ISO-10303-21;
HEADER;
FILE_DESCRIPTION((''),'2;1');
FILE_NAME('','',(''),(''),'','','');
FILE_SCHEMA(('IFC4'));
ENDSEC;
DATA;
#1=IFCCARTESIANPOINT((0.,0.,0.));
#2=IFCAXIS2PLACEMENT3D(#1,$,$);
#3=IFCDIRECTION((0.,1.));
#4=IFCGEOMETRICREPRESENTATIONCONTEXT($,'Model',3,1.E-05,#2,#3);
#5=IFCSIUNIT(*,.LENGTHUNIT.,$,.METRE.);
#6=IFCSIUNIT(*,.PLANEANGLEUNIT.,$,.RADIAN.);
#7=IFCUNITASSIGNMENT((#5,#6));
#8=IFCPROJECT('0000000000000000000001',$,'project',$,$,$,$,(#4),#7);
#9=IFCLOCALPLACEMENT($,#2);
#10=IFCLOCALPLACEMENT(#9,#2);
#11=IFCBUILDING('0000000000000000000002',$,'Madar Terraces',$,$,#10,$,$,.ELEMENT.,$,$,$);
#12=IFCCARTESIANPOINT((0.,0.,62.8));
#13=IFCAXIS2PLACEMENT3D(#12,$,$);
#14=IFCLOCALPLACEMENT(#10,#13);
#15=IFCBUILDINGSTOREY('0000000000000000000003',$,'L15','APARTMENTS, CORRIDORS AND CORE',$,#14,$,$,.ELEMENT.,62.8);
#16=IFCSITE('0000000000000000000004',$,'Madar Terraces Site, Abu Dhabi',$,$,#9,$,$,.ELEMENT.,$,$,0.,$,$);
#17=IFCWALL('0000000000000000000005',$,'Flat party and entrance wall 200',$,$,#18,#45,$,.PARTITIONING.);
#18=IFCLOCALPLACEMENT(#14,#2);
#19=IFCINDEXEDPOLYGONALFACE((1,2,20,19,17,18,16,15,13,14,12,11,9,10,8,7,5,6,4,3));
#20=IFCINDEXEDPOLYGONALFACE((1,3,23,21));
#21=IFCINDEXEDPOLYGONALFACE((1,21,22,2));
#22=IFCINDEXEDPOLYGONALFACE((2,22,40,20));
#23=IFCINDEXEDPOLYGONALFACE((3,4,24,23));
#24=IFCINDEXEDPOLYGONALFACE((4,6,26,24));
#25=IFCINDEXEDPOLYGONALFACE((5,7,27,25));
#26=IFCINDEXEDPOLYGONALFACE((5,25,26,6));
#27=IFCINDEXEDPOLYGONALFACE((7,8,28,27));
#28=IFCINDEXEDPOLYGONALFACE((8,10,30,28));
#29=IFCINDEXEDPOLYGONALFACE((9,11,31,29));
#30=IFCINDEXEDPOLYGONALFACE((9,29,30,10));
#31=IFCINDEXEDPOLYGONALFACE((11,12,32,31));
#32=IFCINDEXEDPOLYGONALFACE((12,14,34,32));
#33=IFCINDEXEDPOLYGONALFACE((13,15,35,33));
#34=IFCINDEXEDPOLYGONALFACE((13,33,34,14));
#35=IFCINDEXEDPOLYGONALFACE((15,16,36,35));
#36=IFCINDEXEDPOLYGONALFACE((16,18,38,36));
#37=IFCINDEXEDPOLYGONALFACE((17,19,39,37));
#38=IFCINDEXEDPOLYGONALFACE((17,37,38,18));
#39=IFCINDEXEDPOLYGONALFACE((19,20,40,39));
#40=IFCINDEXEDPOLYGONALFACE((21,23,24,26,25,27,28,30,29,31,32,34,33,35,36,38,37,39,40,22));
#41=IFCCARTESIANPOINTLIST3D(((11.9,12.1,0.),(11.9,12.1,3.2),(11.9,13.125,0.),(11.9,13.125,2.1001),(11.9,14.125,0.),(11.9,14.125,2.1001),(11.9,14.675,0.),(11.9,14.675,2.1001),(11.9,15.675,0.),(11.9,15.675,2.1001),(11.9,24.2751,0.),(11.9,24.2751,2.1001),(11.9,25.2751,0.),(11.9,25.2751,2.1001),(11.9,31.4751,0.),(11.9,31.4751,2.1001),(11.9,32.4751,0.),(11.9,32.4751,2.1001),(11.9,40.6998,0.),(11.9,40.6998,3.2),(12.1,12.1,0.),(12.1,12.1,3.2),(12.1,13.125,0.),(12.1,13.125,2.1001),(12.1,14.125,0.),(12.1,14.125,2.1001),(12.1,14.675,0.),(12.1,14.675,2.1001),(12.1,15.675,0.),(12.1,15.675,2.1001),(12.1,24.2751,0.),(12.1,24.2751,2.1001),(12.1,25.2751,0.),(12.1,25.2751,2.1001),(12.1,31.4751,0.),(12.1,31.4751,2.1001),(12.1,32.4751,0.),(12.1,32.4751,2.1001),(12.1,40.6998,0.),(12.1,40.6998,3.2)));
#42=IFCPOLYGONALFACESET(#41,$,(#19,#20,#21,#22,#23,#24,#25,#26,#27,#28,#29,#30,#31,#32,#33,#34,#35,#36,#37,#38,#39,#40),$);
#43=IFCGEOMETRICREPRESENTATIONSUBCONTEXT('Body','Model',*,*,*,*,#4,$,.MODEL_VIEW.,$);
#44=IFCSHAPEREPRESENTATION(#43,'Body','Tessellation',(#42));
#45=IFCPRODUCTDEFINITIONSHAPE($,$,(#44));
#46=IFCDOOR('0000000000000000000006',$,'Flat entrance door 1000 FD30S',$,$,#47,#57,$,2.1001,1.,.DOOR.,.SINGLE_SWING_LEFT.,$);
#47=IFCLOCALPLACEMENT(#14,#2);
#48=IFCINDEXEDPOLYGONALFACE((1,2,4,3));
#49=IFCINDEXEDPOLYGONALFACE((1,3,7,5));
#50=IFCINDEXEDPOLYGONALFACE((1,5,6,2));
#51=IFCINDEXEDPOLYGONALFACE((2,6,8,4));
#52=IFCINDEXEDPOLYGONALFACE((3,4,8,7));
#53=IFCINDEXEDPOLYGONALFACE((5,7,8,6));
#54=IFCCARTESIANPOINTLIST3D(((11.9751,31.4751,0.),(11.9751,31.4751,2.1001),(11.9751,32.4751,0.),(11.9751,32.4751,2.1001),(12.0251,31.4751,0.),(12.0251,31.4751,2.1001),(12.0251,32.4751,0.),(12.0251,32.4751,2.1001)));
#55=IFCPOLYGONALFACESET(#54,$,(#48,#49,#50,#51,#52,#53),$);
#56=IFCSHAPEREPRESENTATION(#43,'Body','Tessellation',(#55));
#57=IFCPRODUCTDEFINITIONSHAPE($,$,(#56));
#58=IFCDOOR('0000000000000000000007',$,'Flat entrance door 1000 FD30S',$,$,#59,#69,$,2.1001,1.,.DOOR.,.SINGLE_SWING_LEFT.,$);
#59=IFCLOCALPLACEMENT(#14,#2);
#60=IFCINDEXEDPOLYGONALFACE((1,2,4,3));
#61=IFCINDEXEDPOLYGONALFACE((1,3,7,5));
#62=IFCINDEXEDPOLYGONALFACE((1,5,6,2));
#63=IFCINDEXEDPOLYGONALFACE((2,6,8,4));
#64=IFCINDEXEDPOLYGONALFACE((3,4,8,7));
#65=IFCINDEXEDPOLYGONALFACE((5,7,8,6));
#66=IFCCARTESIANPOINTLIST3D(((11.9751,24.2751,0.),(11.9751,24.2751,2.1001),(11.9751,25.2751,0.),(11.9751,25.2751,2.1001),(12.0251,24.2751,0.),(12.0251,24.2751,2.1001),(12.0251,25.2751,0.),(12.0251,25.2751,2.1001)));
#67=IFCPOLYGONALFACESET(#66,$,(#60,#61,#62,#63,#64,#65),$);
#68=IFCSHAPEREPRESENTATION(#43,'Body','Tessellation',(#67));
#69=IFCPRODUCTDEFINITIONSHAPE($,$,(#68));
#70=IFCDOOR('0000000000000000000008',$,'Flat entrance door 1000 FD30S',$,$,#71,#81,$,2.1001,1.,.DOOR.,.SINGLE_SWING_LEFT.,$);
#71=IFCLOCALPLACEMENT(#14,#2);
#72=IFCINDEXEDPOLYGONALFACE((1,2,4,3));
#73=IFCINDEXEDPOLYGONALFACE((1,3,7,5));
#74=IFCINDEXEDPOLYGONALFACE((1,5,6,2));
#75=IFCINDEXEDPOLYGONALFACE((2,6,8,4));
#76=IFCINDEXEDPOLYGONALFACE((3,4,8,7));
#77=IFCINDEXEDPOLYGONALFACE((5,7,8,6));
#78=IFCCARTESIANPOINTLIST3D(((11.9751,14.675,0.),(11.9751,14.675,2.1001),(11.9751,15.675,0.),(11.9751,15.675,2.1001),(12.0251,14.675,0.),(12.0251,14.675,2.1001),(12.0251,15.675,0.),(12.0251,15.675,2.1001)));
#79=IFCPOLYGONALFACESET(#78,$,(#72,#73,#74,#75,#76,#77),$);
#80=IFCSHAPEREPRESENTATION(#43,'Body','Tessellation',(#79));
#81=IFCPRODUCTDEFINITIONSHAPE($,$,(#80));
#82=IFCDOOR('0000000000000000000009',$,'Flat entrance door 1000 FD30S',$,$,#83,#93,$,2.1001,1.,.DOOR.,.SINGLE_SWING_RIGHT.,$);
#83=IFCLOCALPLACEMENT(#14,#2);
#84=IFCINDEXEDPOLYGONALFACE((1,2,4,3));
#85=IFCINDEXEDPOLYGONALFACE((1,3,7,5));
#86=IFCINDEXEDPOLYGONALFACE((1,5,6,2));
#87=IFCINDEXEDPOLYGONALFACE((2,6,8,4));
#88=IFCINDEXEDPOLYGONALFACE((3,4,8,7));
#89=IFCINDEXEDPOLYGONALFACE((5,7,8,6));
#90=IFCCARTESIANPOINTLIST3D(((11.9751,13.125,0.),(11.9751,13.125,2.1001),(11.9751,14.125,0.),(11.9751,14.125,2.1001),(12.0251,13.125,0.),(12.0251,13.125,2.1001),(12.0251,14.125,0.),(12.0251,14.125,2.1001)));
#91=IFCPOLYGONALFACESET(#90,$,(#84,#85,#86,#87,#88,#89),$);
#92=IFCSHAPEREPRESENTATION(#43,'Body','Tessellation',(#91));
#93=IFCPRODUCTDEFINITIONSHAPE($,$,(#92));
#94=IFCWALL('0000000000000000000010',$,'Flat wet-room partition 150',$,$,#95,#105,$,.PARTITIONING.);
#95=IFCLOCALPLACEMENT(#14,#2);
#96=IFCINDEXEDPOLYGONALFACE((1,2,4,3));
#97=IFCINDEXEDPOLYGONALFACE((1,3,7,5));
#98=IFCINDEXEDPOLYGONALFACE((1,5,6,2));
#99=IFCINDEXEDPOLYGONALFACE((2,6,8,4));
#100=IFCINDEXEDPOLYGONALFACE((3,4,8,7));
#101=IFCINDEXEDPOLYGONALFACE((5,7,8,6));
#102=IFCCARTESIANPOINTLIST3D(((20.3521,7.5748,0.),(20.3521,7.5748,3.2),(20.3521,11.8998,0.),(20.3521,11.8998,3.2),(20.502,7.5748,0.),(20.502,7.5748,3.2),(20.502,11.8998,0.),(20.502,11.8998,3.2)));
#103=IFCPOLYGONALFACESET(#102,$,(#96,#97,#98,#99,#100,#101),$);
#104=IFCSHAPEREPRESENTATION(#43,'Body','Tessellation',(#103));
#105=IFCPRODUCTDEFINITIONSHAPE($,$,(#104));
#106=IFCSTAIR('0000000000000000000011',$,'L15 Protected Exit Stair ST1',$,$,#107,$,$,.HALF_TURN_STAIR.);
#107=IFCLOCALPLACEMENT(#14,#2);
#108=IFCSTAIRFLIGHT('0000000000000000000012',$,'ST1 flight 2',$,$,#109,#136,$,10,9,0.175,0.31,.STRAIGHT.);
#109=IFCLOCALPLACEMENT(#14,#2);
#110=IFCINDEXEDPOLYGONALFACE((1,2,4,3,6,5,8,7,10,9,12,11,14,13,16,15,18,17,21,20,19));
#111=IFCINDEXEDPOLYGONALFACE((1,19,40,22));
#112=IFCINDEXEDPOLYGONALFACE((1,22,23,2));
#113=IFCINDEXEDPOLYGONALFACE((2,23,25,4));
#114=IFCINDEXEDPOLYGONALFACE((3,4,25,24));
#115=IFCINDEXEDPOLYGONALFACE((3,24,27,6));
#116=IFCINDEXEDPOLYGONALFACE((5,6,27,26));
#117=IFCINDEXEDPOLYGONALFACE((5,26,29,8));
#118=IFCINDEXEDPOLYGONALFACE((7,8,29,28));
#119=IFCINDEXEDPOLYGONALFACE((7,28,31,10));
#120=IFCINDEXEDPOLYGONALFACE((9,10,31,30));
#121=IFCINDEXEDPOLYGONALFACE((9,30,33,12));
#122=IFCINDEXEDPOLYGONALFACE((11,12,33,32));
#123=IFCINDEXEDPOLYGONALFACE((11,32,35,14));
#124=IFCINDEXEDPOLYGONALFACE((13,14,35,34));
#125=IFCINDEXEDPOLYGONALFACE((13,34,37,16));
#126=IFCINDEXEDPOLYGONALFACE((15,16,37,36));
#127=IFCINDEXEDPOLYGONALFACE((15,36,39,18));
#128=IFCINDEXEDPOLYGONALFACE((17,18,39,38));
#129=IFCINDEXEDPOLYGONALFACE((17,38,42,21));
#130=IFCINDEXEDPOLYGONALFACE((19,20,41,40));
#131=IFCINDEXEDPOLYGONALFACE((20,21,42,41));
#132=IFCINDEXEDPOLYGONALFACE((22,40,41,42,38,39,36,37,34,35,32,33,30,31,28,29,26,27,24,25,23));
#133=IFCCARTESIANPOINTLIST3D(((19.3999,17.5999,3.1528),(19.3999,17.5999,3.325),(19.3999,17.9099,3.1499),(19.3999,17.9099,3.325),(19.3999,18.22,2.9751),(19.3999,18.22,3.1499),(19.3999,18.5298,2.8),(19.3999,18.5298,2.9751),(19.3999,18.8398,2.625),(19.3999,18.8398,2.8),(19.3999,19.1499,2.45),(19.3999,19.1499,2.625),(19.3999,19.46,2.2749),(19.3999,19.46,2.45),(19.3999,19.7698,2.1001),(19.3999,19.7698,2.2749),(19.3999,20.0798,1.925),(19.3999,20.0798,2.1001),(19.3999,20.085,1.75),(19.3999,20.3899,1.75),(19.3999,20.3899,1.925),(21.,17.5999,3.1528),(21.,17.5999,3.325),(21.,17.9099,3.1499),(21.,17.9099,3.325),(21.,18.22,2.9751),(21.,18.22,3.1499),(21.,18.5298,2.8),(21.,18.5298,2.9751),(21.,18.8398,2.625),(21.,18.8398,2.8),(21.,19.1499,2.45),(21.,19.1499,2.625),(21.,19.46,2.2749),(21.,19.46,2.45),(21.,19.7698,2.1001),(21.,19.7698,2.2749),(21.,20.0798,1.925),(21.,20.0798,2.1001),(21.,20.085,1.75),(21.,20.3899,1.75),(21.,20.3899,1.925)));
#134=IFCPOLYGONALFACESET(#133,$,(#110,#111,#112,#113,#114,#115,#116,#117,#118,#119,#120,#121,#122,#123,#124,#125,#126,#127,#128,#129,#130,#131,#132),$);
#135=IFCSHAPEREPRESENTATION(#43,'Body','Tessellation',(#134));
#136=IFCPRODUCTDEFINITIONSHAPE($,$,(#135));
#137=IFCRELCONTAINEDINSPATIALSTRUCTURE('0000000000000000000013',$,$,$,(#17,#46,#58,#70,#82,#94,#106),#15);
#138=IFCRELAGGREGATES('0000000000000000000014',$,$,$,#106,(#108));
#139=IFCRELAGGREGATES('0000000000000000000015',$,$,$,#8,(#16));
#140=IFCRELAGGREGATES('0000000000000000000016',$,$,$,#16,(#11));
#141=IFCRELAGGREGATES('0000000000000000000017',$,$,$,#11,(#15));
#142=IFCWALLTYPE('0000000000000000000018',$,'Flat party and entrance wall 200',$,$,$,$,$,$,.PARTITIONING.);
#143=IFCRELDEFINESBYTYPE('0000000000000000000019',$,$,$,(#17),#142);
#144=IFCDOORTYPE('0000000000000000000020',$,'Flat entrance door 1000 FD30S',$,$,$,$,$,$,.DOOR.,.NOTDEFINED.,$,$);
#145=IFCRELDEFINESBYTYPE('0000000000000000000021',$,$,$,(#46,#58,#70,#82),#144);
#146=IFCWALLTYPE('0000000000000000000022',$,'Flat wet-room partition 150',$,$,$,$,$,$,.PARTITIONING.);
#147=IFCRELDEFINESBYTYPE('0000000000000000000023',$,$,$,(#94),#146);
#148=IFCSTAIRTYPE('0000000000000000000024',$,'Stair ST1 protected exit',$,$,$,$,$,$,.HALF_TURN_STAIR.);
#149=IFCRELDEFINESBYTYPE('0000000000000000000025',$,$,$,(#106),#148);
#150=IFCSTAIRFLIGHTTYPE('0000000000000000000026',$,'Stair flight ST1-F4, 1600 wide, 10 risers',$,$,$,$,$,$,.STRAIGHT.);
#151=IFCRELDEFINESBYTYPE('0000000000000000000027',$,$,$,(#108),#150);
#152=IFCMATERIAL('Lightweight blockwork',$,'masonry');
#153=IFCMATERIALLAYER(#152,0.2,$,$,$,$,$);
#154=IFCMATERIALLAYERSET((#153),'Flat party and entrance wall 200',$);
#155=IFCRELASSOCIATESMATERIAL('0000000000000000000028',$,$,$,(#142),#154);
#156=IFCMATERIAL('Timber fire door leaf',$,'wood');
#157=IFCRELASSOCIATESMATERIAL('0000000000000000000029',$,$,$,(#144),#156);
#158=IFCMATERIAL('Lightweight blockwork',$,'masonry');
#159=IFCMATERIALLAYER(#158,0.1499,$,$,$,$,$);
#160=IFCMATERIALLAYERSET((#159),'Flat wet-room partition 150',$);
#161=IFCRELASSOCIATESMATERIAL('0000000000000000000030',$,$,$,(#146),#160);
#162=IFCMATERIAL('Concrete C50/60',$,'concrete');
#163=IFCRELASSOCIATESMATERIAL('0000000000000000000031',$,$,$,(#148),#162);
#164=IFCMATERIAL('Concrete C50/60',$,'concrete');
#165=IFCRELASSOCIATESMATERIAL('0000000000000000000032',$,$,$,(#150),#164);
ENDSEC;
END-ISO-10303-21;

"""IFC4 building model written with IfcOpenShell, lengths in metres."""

from ifc_helpers import new_model, si_unit, direction, frame, frame_2d, origin, place, context, subcontext, project, spatial, polyline, rectangle, outline, extrude, material, layer, layer_set, type_object, element, fill, aggregate, save


model = new_model("IFC4")

# Units and contexts
model_context = context("Model", 3, precision=1e-05, world=origin(), true_north=direction((0.0, 1.0)))
body_context = subcontext(model_context, "Body", "Model", "MODEL_VIEW")
ifc_project = project(units=[si_unit("LENGTHUNIT", "METRE"), si_unit("PLANEANGLEUNIT", "RADIAN")], contexts=[model_context])

# Site, building, storey
site_placement = place(None, origin())
site = spatial("IfcSite", under=ifc_project, at=site_placement, Name="Madar Terraces Site, Abu Dhabi", CompositionType="ELEMENT", RefElevation=0.0)
building_placement = place(site_placement, origin())
building = spatial("IfcBuilding", under=site, at=building_placement, Name="Madar Terraces", CompositionType="ELEMENT")
storey_placement = place(building_placement, frame((0.0, 0.0, 62.8)))
storey = spatial("IfcBuildingStorey", under=building, at=storey_placement, Name="L15", Description="APARTMENTS, CORRIDORS AND CORE", CompositionType="ELEMENT", Elevation=62.8)

# Wall, openings, doors
ifc_material_1 = material(Name="Lightweight blockwork", Category="masonry")
ifc_layer_1 = layer(ifc_material_1, 0.2)
ifc_layer_set_1 = layer_set([ifc_layer_1], Name="Flat party and entrance wall 200")
wall_type_1 = type_object("IfcWallType", Name="Flat party and entrance wall 200", PredefinedType="PARTITIONING", material=ifc_layer_set_1)
wall_1_placement = place(storey_placement, frame((12.0, 12.1001, 0.0), z_axis=(0.0, 0.0, 1.0), x_axis=(0.0, 1.0, 0.0)))
wall_1 = element("IfcWall", 1, at=wall_1_placement, inside=storey, type_object=wall_type_1, Name="Flat party and entrance wall 200", PredefinedType="PARTITIONING", context=body_context, shape_type="SweptSolid", body=[
    extrude(rectangle(XDim=28.5999, YDim=0.2, at=frame_2d((14.2998, 0.0))), origin(), (0.0, 0.0, 1.0), 3.2),
])
opening_1_placement = place(wall_1_placement, frame((19.375, 0.0, 0.0)))
opening_1 = element("IfcOpeningElement", 2, at=opening_1_placement, cuts=wall_1, PredefinedType="OPENING", context=body_context, shape_type="SweptSolid", body=[
    extrude(rectangle(XDim=1.0, YDim=2.1001, at=frame_2d((0.5, 1.05))), frame((0.0, 0.1099, 0.0), z_axis=(0.0, -1.0, 0.0), x_axis=(1.0, 0.0, 0.0)), (0.0, 0.0, 1.0), 0.22),
])
opening_2_placement = place(wall_1_placement, frame((12.175, 0.0, 0.0)))
opening_2 = element("IfcOpeningElement", 3, at=opening_2_placement, cuts=wall_1, PredefinedType="OPENING", context=body_context, shape_type="SweptSolid", body=[
    extrude(rectangle(XDim=1.0, YDim=2.1001, at=frame_2d((0.5, 1.05))), frame((0.0, 0.1099, 0.0), z_axis=(0.0, -1.0, 0.0), x_axis=(1.0, 0.0, 0.0)), (0.0, 0.0, 1.0), 0.22),
])
opening_3_placement = place(wall_1_placement, frame((2.575, 0.0, 0.0)))
opening_3 = element("IfcOpeningElement", 4, at=opening_3_placement, cuts=wall_1, PredefinedType="OPENING", context=body_context, shape_type="SweptSolid", body=[
    extrude(rectangle(XDim=1.0, YDim=2.1001, at=frame_2d((0.5, 1.05))), frame((0.0, 0.1099, 0.0), z_axis=(0.0, -1.0, 0.0), x_axis=(1.0, 0.0, 0.0)), (0.0, 0.0, 1.0), 0.22),
])
opening_4_placement = place(wall_1_placement, frame((1.0249, 0.0, 0.0)))
opening_4 = element("IfcOpeningElement", 5, at=opening_4_placement, cuts=wall_1, PredefinedType="OPENING", context=body_context, shape_type="SweptSolid", body=[
    extrude(rectangle(XDim=1.0, YDim=2.1001, at=frame_2d((0.5, 1.05))), frame((0.0, 0.1099, 0.0), z_axis=(0.0, -1.0, 0.0), x_axis=(1.0, 0.0, 0.0)), (0.0, 0.0, 1.0), 0.22),
])
ifc_material_2 = material(Name="Timber fire door leaf", Category="wood")
door_type_1 = type_object("IfcDoorType", Name="Flat entrance door 1000 FD30S", OperationType="NOTDEFINED", PredefinedType="DOOR", material=ifc_material_2)
door_1_placement = place(opening_1_placement, origin())
door_1 = element("IfcDoor", 6, at=door_1_placement, inside=storey, type_object=door_type_1, Name="Flat entrance door 1000 FD30S", OperationType="SINGLE_SWING_LEFT", OverallHeight=2.1001, OverallWidth=1.0, PredefinedType="DOOR", context=body_context, shape_type="SweptSolid", body=[
    extrude(rectangle(XDim=1.0, YDim=2.1001, at=frame_2d((0.5, 1.05))), frame((0.0, 0.0249, 0.0), z_axis=(0.0, -1.0, 0.0), x_axis=(1.0, 0.0, 0.0)), (0.0, 0.0, 1.0), 0.05),
])
fill(opening_1, door_1)
door_2_placement = place(opening_2_placement, origin())
door_2 = element("IfcDoor", 7, at=door_2_placement, inside=storey, type_object=door_type_1, Name="Flat entrance door 1000 FD30S", OperationType="SINGLE_SWING_LEFT", OverallHeight=2.1001, OverallWidth=1.0, PredefinedType="DOOR", context=body_context, shape_type="SweptSolid", body=[
    extrude(rectangle(XDim=1.0, YDim=2.1001, at=frame_2d((0.5, 1.05))), frame((0.0, 0.0249, 0.0), z_axis=(0.0, -1.0, 0.0), x_axis=(1.0, 0.0, 0.0)), (0.0, 0.0, 1.0), 0.05),
])
fill(opening_2, door_2)
door_3_placement = place(opening_3_placement, origin())
door_3 = element("IfcDoor", 8, at=door_3_placement, inside=storey, type_object=door_type_1, Name="Flat entrance door 1000 FD30S", OperationType="SINGLE_SWING_LEFT", OverallHeight=2.1001, OverallWidth=1.0, PredefinedType="DOOR", context=body_context, shape_type="SweptSolid", body=[
    extrude(rectangle(XDim=1.0, YDim=2.1001, at=frame_2d((0.5, 1.05))), frame((0.0, 0.0249, 0.0), z_axis=(0.0, -1.0, 0.0), x_axis=(1.0, 0.0, 0.0)), (0.0, 0.0, 1.0), 0.05),
])
fill(opening_3, door_3)
door_4_placement = place(opening_4_placement, origin())
door_4 = element("IfcDoor", 9, at=door_4_placement, inside=storey, type_object=door_type_1, Name="Flat entrance door 1000 FD30S", OperationType="SINGLE_SWING_RIGHT", OverallHeight=2.1001, OverallWidth=1.0, PredefinedType="DOOR", context=body_context, shape_type="SweptSolid", body=[
    extrude(rectangle(XDim=1.0, YDim=2.1001, at=frame_2d((0.5, 1.05))), frame((0.0, 0.0249, 0.0), z_axis=(0.0, -1.0, 0.0), x_axis=(1.0, 0.0, 0.0)), (0.0, 0.0, 1.0), 0.05),
])
fill(opening_4, door_4)

# Wall
ifc_material_3 = material(Name="Lightweight blockwork", Category="masonry")
ifc_layer_2 = layer(ifc_material_3, 0.1499)
ifc_layer_set_2 = layer_set([ifc_layer_2], Name="Flat wet-room partition 150")
wall_type_2 = type_object("IfcWallType", Name="Flat wet-room partition 150", PredefinedType="PARTITIONING", material=ifc_layer_set_2)
wall_2_placement = place(storey_placement, frame((20.427, 11.8999, 0.0), z_axis=(0.0, 0.0, 1.0), x_axis=(0.0, -1.0, 0.0)))
element("IfcWall", 10, at=wall_2_placement, inside=storey, type_object=wall_type_2, Name="Flat wet-room partition 150", PredefinedType="PARTITIONING", context=body_context, shape_type="SweptSolid", body=[
    extrude(rectangle(XDim=4.325, YDim=0.1499, at=frame_2d((2.1626, 0.0))), origin(), (0.0, 0.0, 1.0), 3.2),
])

# Stair, stair flight
ifc_material_4 = material(Name="Concrete C50/60", Category="concrete")
stair_type = type_object("IfcStairType", Name="Stair ST1 protected exit", PredefinedType="HALF_TURN_STAIR", material=ifc_material_4)
stair_placement = place(storey_placement, origin())
stair = element("IfcStair", 11, at=stair_placement, inside=storey, type_object=stair_type, Name="L15 Protected Exit Stair ST1", PredefinedType="HALF_TURN_STAIR")
ifc_material_5 = material(Name="Concrete C50/60", Category="concrete")
stair_flight_type = type_object("IfcStairFlightType", Name="Stair flight ST1-F4, 1600 wide, 10 risers", PredefinedType="STRAIGHT", material=ifc_material_5)
stair_flight_placement = place(storey_placement, frame((20.2, 20.3899, 1.75), z_axis=(0.0, 0.0, 1.0), x_axis=(0.0, -1.0, 0.0)))
stair_flight = element("IfcStairFlight", 12, at=stair_flight_placement, type_object=stair_flight_type, Name="ST1 flight 2", NumberOfRisers=10, NumberOfTreads=9, PredefinedType="STRAIGHT", RiserHeight=0.175, TreadLength=0.31, context=body_context, shape_type="SweptSolid", body=[
    extrude(outline(polyline([(0.0, 0.0), (0.0, 0.175), (0.3101, 0.175), (0.3101, 0.3501), (0.6201, 0.3501), (0.6201, 0.5249), (0.9299, 0.5249), (0.9299, 0.7), (1.24, 0.7), (1.24, 0.875), (1.55, 0.875), (1.55, 1.05), (1.8601, 1.05), (1.8601, 1.2251), (2.1699, 1.2251), (2.1699, 1.3999), (2.48, 1.3999), (2.48, 1.575), (2.79, 1.575), (2.79, 1.75), (2.79, 1.4028), (0.3049, 0.0), (0.0, 0.0)])), frame((0.0, 0.8, 0.0), z_axis=(0.0, -1.0, 0.0), x_axis=(1.0, 0.0, 0.0)), (0.0, 0.0, 1.0), 1.6001),
])
aggregate(stair, [stair_flight])

save(model, "model.ifc")
